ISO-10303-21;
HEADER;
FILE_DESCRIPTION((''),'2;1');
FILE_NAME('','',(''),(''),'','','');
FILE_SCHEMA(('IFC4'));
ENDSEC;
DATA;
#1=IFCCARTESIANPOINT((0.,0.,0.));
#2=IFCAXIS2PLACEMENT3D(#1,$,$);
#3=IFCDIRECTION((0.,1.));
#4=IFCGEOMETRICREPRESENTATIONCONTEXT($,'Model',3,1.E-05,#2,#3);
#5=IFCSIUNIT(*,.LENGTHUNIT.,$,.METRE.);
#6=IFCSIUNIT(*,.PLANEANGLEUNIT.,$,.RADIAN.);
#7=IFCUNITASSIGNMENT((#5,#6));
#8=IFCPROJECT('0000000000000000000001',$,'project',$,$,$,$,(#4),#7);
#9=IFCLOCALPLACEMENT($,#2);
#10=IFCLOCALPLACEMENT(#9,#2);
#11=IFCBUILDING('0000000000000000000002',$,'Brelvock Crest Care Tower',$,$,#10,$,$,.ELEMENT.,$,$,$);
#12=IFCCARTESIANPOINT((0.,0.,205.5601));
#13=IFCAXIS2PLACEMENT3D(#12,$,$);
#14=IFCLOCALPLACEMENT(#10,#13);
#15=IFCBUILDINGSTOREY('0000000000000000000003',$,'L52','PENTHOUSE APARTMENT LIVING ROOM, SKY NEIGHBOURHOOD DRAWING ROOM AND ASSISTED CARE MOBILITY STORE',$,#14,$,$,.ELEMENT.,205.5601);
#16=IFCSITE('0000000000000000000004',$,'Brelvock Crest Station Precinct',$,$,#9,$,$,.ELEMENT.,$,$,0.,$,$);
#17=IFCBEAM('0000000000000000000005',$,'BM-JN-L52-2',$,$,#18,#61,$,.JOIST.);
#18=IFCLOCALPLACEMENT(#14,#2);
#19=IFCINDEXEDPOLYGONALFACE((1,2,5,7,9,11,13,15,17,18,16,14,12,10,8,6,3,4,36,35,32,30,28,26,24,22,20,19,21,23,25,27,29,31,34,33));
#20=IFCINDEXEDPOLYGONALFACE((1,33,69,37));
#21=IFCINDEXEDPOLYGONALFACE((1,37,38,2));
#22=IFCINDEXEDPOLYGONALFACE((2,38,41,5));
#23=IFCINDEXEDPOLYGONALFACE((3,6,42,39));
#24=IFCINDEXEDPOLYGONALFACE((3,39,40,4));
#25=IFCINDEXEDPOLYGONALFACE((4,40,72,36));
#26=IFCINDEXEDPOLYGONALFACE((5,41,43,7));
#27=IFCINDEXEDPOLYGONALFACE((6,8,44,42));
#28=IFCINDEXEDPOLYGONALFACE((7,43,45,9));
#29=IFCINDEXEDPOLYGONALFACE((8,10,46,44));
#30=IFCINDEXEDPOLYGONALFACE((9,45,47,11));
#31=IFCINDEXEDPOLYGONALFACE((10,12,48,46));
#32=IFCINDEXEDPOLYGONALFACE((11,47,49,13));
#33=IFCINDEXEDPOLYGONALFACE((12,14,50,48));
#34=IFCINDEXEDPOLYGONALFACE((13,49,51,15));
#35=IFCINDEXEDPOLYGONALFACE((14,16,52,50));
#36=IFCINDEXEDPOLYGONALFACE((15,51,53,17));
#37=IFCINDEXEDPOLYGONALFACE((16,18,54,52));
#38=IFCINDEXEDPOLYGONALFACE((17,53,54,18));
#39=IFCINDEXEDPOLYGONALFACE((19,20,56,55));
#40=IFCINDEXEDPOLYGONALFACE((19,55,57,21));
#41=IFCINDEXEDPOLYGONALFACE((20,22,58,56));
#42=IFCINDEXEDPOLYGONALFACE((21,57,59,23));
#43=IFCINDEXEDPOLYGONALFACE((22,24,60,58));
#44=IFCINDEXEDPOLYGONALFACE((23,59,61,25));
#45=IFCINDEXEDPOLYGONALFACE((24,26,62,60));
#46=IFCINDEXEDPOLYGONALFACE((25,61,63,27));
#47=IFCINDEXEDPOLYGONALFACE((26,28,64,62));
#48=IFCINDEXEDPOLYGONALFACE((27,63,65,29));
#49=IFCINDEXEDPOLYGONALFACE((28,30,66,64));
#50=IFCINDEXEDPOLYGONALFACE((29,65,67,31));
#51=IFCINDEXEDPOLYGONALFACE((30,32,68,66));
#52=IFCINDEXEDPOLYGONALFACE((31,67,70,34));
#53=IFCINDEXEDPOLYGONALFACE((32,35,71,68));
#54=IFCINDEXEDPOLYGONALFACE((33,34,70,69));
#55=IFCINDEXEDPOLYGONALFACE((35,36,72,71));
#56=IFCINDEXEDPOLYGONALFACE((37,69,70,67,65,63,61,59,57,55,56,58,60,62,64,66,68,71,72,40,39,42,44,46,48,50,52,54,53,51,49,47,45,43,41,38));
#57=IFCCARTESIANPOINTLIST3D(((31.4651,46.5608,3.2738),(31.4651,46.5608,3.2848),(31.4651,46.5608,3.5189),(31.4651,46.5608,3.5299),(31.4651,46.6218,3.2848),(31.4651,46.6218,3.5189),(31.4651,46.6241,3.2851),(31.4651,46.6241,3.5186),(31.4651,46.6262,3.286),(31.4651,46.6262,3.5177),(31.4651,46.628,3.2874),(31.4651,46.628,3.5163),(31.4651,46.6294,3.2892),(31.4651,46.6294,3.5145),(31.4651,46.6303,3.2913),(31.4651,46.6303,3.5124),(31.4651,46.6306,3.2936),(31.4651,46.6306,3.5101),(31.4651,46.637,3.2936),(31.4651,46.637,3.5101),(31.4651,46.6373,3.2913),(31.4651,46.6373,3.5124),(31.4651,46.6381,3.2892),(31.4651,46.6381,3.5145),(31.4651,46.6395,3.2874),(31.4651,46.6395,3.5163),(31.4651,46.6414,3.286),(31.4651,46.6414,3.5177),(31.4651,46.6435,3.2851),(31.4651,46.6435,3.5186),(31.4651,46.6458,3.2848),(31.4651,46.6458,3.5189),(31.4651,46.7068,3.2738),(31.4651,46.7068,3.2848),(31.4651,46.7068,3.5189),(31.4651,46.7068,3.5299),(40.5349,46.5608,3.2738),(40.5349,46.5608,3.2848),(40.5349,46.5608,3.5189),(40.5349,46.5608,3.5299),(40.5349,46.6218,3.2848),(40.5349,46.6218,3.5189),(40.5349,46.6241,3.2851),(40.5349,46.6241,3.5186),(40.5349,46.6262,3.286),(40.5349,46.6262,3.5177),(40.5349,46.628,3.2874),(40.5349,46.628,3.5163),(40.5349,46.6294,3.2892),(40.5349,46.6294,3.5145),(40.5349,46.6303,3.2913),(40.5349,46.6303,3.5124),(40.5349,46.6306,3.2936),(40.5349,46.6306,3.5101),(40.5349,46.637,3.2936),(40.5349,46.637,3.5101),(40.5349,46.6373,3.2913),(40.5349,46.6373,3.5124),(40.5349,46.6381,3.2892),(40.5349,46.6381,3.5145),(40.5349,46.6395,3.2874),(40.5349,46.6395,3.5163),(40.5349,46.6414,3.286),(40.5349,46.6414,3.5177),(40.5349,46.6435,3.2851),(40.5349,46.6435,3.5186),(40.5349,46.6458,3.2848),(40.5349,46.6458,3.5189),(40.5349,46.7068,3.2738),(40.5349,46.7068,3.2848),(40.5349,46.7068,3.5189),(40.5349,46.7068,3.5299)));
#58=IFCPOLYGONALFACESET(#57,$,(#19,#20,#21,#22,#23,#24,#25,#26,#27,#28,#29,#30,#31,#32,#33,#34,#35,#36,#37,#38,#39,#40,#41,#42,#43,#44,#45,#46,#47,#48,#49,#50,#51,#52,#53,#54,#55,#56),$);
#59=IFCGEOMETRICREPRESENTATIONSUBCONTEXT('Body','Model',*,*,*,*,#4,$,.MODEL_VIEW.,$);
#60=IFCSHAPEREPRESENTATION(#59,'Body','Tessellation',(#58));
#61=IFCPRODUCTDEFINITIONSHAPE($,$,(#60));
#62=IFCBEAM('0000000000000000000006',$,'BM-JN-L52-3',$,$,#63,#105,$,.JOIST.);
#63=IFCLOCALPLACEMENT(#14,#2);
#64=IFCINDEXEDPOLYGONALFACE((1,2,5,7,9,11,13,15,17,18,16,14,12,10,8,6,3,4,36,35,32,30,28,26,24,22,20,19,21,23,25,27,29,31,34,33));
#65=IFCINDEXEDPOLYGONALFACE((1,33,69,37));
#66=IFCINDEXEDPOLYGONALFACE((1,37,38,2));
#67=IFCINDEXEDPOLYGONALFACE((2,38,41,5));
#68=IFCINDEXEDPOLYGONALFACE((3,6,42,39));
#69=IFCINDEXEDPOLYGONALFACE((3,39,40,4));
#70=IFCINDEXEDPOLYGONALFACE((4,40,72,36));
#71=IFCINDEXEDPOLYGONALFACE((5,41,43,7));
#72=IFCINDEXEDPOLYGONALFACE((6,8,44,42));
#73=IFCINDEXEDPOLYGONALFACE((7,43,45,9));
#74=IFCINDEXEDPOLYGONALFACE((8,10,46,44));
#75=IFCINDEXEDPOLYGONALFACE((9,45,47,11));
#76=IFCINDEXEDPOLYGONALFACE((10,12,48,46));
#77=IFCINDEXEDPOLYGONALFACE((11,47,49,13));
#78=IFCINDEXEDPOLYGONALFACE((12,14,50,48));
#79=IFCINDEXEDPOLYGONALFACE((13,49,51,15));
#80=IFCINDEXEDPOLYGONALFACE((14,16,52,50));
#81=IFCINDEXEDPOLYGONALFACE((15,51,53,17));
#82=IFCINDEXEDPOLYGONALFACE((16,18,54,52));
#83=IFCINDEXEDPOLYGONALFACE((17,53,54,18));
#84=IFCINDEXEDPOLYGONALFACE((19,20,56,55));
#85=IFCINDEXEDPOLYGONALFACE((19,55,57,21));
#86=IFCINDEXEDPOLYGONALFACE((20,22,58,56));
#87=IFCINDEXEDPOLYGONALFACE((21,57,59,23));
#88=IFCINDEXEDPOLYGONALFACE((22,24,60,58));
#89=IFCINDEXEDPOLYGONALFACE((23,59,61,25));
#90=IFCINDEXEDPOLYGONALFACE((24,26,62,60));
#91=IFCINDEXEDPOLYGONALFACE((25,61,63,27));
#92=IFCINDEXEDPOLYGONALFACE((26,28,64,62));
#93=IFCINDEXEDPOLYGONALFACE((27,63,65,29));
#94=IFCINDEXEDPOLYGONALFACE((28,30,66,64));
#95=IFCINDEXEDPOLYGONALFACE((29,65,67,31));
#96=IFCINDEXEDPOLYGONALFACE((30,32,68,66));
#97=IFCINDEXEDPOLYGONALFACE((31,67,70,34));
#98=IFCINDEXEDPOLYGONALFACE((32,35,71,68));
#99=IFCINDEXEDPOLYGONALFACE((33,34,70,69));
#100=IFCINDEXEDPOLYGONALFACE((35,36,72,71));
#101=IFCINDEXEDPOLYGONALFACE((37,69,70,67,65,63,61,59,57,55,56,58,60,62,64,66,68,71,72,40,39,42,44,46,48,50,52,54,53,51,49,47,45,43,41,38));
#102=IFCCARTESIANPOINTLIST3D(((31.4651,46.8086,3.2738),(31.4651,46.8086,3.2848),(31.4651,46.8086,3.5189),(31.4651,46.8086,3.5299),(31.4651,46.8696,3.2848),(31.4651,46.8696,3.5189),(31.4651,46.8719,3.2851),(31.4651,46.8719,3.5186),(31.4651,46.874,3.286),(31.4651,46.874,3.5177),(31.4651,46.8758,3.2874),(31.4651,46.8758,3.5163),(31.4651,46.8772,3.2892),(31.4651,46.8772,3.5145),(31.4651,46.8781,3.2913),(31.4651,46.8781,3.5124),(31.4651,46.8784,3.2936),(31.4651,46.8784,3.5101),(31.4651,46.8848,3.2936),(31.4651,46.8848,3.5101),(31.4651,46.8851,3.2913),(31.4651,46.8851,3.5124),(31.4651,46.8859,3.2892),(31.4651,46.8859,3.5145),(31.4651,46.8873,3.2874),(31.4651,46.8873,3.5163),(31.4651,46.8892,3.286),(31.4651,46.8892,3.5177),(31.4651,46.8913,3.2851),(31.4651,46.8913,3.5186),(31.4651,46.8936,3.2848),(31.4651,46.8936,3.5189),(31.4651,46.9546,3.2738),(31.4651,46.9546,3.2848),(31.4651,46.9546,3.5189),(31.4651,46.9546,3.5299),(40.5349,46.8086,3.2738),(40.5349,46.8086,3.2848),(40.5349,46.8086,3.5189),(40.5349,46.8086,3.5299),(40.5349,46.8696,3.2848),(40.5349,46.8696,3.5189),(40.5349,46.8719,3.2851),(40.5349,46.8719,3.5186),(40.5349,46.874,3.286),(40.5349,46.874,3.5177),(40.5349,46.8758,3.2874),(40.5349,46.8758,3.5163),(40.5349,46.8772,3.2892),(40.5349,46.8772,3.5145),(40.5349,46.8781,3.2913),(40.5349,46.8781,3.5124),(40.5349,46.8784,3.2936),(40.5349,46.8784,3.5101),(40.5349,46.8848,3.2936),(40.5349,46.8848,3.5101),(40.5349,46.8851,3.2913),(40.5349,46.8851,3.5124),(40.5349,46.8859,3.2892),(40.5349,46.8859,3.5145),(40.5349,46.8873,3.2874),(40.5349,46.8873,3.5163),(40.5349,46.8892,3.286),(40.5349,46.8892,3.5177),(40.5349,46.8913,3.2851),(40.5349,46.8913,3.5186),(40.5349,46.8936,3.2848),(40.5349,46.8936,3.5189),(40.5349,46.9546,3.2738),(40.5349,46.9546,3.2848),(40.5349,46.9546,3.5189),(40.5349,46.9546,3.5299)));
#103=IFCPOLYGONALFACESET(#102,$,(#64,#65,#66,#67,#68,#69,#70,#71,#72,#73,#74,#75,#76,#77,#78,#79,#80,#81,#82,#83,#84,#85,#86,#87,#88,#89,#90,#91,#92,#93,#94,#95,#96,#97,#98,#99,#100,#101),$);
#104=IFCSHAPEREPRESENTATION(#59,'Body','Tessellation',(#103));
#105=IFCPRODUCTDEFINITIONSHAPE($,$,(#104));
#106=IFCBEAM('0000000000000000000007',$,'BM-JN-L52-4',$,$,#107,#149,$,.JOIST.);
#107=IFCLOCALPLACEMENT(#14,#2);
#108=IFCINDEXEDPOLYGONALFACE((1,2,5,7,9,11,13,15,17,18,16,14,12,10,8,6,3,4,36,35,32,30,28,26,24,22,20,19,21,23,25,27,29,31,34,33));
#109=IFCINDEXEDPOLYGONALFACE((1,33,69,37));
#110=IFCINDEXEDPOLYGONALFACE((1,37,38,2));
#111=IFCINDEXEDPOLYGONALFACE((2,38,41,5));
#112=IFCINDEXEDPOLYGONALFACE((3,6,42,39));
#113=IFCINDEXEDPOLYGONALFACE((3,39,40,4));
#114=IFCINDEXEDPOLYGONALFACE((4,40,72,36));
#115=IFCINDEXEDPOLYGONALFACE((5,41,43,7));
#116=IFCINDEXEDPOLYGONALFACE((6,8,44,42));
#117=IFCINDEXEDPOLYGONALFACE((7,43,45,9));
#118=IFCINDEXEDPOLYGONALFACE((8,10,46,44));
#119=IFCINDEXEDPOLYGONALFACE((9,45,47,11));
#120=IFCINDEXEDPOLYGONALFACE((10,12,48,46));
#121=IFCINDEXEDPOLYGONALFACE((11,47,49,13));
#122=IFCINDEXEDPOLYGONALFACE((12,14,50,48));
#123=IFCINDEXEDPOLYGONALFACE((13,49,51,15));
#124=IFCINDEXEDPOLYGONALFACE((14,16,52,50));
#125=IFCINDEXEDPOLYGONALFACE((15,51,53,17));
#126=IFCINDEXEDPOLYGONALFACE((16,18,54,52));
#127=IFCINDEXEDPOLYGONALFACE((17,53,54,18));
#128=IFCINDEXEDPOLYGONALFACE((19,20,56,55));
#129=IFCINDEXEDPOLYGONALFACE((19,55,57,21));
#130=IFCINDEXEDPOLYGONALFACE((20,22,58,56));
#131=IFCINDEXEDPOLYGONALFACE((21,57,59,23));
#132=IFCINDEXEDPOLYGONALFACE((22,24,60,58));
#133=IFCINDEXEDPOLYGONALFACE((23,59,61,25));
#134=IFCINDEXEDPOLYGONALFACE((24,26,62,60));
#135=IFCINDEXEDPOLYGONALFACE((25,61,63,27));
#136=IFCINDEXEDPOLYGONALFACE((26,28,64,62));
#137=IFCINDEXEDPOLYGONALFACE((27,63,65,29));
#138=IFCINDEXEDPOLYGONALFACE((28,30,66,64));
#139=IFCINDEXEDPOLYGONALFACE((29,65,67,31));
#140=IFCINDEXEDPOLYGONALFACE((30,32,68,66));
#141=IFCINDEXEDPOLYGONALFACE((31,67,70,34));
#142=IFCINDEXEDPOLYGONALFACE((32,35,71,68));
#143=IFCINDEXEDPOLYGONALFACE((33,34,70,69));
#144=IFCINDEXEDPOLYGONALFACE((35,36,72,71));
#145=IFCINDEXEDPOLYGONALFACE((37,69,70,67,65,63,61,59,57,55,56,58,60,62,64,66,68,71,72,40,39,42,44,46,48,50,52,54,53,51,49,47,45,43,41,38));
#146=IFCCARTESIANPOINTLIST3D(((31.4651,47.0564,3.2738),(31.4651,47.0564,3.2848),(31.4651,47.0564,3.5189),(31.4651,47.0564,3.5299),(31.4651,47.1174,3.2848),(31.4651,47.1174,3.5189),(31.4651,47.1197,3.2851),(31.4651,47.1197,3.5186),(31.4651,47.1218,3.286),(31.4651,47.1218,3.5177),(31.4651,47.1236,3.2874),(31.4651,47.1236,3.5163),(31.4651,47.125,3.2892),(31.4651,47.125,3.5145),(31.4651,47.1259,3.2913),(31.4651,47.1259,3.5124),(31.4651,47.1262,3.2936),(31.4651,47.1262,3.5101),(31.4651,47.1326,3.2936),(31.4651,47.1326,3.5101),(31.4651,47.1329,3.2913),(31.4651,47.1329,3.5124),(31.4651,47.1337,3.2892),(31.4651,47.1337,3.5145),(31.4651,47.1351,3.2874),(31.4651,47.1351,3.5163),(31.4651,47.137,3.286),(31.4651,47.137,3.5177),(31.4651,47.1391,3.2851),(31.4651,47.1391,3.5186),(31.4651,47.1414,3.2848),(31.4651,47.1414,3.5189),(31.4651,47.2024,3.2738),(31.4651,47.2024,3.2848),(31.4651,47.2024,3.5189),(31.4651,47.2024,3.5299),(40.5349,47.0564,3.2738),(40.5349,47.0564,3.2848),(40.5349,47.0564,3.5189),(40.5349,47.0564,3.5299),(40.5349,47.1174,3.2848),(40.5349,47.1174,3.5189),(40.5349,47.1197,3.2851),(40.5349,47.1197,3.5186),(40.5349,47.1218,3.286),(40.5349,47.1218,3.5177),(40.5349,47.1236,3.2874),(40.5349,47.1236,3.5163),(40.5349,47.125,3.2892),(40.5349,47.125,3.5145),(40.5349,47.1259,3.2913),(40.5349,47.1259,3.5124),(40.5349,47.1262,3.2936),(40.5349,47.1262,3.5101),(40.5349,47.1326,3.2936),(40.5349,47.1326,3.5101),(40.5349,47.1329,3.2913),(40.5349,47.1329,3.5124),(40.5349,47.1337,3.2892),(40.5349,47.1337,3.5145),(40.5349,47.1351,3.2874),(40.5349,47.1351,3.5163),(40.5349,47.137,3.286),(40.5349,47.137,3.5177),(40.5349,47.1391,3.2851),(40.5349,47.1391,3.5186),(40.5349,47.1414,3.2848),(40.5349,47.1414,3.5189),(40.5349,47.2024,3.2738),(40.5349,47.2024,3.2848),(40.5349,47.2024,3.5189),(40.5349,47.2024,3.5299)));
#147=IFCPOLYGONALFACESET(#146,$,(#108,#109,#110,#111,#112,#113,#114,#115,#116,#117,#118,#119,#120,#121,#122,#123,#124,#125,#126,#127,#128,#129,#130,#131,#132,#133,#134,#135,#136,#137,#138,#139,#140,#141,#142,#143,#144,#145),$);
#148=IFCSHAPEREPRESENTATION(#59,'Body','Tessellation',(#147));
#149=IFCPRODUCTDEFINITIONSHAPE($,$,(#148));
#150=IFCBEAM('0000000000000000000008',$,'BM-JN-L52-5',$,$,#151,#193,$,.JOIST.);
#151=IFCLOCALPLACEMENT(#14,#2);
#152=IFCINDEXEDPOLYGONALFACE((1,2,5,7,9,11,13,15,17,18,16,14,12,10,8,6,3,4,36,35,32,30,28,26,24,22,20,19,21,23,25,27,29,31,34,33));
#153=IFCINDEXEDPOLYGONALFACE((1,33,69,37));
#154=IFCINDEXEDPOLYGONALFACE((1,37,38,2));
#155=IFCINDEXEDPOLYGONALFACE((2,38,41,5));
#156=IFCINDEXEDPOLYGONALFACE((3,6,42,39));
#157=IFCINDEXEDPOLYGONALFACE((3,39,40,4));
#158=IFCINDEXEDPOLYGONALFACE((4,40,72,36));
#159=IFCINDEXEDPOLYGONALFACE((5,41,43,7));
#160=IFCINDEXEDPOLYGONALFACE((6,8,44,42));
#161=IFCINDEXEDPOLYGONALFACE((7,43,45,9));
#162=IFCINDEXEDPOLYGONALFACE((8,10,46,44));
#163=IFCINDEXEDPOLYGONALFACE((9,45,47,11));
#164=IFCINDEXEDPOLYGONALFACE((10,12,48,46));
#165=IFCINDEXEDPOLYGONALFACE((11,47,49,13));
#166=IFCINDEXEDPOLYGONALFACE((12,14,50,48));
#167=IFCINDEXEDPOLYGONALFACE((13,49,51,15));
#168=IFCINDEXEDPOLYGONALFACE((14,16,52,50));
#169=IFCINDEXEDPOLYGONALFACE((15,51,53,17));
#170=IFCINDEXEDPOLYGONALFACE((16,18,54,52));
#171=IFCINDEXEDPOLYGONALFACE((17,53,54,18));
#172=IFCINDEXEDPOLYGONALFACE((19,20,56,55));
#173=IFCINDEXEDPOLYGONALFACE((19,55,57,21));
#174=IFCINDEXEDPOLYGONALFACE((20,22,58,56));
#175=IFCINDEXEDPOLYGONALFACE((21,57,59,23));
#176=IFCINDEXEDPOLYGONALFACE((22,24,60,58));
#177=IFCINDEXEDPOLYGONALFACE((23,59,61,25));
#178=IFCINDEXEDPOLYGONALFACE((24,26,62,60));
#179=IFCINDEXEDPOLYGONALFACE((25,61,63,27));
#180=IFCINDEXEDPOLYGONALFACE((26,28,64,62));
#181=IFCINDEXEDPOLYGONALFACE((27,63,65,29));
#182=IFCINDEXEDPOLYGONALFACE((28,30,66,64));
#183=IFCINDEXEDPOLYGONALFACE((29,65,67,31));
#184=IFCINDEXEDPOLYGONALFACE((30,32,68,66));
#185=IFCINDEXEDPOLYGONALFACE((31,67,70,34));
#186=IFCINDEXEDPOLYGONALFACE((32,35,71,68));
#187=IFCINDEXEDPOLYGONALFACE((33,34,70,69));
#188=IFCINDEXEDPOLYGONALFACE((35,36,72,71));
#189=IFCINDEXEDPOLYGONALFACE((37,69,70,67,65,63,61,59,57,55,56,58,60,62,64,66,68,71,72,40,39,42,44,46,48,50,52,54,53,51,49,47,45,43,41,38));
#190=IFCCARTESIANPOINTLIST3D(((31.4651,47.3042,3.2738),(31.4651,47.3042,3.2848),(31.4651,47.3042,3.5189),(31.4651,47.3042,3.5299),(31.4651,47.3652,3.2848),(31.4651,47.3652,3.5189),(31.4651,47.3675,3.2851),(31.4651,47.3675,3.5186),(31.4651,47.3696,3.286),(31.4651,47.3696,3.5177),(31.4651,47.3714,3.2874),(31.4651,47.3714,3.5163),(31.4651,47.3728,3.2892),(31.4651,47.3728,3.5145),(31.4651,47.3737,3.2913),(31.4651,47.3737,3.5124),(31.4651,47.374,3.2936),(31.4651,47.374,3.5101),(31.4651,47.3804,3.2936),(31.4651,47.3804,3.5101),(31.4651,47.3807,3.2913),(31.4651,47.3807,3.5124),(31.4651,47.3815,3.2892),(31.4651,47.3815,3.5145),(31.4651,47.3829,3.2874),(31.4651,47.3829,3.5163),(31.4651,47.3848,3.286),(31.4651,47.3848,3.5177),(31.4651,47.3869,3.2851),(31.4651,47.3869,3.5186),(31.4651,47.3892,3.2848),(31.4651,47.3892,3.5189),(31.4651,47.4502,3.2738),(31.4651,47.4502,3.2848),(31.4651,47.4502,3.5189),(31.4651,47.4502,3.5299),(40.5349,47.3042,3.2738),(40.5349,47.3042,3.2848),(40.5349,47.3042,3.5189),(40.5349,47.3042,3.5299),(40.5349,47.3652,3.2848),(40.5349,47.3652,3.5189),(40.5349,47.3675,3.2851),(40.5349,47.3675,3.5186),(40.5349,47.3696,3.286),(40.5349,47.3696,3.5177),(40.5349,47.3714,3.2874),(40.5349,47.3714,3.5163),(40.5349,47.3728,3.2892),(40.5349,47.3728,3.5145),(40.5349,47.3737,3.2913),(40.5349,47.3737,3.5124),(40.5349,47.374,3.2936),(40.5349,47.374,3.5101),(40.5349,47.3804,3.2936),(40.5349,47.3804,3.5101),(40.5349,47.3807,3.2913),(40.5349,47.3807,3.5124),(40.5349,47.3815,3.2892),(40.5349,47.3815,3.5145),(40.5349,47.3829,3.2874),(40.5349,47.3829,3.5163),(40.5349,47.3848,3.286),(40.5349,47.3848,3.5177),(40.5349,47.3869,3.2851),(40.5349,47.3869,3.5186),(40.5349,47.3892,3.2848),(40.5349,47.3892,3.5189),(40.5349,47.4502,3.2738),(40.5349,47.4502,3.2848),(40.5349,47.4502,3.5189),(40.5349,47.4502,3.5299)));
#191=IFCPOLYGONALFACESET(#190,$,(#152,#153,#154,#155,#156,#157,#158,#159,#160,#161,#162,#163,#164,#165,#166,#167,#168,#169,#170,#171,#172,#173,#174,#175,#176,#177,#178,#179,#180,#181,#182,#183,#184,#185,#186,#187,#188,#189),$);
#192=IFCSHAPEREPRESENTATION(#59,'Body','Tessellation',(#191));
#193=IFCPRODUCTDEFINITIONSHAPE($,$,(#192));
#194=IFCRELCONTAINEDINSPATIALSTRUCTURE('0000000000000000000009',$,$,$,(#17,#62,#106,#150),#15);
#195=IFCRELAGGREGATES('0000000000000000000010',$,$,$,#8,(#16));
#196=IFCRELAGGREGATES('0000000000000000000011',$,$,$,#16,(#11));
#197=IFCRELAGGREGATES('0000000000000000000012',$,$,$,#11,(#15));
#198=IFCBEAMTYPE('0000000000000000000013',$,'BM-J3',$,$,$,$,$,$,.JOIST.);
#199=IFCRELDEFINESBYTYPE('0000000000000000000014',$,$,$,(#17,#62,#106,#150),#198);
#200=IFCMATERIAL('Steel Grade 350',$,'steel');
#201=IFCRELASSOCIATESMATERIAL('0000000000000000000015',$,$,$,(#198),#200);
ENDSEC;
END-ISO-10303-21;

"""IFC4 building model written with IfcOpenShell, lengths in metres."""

from ifc_helpers import new_model, si_unit, direction, frame, origin, origin_2d, place, context, subcontext, project, spatial, i_section, extrude, source, transform, mapped, material, material_profile, profile_set, type_object, element, save


model = new_model("IFC4")

# Units and contexts
model_context = context("Model", 3, precision=1e-05, world=origin(), true_north=direction((0.0, 1.0)))
body_context = subcontext(model_context, "Body", "Model", "MODEL_VIEW")
ifc_project = project(units=[si_unit("LENGTHUNIT", "METRE"), si_unit("PLANEANGLEUNIT", "RADIAN")], contexts=[model_context])

# Site, building, storey
site_placement = place(None, origin())
site = spatial("IfcSite", under=ifc_project, at=site_placement, Name="Brelvock Crest Station Precinct", CompositionType="ELEMENT", RefElevation=0.0)
building_placement = place(site_placement, origin())
building = spatial("IfcBuilding", under=site, at=building_placement, Name="Brelvock Crest Care Tower", CompositionType="ELEMENT")
storey_placement = place(building_placement, frame((0.0, 0.0, 205.5601)))
storey = spatial("IfcBuildingStorey", under=building, at=storey_placement, Name="L52", Description="PENTHOUSE APARTMENT LIVING ROOM, SKY NEIGHBOURHOOD DRAWING ROOM AND ASSISTED CARE MOBILITY STORE", CompositionType="ELEMENT", Elevation=205.5601)

# Shared definitions
ifc_material_1 = material(Name="Steel Grade 350", Category="steel")

# Beams
ifc_material_profile_1 = material_profile(ifc_material_1, i_section(OverallWidth=0.146, OverallDepth=0.2561, WebThickness=0.0063, FlangeThickness=0.011, FilletRadius=0.0088, at=origin_2d()), Name="250UB37.3")
ifc_profile_set_1 = profile_set([ifc_material_profile_1], Name="Steel Grade 350")
beam_type_1 = type_object("IfcBeamType", Name="BM-J3", PredefinedType="JOIST", material=ifc_profile_set_1)
shared_shape_1 = source(origin(), body_context, "Body", "SweptSolid", [
    extrude(i_section(OverallWidth=0.146, OverallDepth=0.2561, WebThickness=0.0063, FlangeThickness=0.011, FilletRadius=0.0088, at=origin_2d()), origin(), (0.0, 0.0, 1.0), 9.0698),
])
for number, where, z_axis, x_axis, name in (
    (1, (31.4651, 46.6338, 3.4019), (1.0, 0.0, 0.0), (0.0, 1.0, 0.0), "BM-JN-L52-2"),
    (2, (31.4651, 46.8816, 3.4019), (1.0, 0.0, 0.0), (0.0, 1.0, 0.0), "BM-JN-L52-3"),
    (3, (31.4651, 47.1294, 3.4019), (1.0, 0.0, 0.0), (0.0, 1.0, 0.0), "BM-JN-L52-4"),
    (4, (31.4651, 47.3772, 3.4019), (1.0, 0.0, 0.0), (0.0, 1.0, 0.0), "BM-JN-L52-5"),
):
    element("IfcBeam", number, at=place(storey_placement, frame(where, z_axis=z_axis, x_axis=x_axis)), inside=storey, type_object=beam_type_1, Name=name, PredefinedType="JOIST", context=body_context, shape_type="MappedRepresentation", body=[
        mapped(shared_shape_1, transform((0.0, 0.0, 0.0), x_axis=(1.0, 0.0, 0.0), y_axis=(0.0, 1.0, 0.0), z_axis=(0.0, 0.0, 1.0), scale=1.0)),
    ])

save(model, "model.ifc")
